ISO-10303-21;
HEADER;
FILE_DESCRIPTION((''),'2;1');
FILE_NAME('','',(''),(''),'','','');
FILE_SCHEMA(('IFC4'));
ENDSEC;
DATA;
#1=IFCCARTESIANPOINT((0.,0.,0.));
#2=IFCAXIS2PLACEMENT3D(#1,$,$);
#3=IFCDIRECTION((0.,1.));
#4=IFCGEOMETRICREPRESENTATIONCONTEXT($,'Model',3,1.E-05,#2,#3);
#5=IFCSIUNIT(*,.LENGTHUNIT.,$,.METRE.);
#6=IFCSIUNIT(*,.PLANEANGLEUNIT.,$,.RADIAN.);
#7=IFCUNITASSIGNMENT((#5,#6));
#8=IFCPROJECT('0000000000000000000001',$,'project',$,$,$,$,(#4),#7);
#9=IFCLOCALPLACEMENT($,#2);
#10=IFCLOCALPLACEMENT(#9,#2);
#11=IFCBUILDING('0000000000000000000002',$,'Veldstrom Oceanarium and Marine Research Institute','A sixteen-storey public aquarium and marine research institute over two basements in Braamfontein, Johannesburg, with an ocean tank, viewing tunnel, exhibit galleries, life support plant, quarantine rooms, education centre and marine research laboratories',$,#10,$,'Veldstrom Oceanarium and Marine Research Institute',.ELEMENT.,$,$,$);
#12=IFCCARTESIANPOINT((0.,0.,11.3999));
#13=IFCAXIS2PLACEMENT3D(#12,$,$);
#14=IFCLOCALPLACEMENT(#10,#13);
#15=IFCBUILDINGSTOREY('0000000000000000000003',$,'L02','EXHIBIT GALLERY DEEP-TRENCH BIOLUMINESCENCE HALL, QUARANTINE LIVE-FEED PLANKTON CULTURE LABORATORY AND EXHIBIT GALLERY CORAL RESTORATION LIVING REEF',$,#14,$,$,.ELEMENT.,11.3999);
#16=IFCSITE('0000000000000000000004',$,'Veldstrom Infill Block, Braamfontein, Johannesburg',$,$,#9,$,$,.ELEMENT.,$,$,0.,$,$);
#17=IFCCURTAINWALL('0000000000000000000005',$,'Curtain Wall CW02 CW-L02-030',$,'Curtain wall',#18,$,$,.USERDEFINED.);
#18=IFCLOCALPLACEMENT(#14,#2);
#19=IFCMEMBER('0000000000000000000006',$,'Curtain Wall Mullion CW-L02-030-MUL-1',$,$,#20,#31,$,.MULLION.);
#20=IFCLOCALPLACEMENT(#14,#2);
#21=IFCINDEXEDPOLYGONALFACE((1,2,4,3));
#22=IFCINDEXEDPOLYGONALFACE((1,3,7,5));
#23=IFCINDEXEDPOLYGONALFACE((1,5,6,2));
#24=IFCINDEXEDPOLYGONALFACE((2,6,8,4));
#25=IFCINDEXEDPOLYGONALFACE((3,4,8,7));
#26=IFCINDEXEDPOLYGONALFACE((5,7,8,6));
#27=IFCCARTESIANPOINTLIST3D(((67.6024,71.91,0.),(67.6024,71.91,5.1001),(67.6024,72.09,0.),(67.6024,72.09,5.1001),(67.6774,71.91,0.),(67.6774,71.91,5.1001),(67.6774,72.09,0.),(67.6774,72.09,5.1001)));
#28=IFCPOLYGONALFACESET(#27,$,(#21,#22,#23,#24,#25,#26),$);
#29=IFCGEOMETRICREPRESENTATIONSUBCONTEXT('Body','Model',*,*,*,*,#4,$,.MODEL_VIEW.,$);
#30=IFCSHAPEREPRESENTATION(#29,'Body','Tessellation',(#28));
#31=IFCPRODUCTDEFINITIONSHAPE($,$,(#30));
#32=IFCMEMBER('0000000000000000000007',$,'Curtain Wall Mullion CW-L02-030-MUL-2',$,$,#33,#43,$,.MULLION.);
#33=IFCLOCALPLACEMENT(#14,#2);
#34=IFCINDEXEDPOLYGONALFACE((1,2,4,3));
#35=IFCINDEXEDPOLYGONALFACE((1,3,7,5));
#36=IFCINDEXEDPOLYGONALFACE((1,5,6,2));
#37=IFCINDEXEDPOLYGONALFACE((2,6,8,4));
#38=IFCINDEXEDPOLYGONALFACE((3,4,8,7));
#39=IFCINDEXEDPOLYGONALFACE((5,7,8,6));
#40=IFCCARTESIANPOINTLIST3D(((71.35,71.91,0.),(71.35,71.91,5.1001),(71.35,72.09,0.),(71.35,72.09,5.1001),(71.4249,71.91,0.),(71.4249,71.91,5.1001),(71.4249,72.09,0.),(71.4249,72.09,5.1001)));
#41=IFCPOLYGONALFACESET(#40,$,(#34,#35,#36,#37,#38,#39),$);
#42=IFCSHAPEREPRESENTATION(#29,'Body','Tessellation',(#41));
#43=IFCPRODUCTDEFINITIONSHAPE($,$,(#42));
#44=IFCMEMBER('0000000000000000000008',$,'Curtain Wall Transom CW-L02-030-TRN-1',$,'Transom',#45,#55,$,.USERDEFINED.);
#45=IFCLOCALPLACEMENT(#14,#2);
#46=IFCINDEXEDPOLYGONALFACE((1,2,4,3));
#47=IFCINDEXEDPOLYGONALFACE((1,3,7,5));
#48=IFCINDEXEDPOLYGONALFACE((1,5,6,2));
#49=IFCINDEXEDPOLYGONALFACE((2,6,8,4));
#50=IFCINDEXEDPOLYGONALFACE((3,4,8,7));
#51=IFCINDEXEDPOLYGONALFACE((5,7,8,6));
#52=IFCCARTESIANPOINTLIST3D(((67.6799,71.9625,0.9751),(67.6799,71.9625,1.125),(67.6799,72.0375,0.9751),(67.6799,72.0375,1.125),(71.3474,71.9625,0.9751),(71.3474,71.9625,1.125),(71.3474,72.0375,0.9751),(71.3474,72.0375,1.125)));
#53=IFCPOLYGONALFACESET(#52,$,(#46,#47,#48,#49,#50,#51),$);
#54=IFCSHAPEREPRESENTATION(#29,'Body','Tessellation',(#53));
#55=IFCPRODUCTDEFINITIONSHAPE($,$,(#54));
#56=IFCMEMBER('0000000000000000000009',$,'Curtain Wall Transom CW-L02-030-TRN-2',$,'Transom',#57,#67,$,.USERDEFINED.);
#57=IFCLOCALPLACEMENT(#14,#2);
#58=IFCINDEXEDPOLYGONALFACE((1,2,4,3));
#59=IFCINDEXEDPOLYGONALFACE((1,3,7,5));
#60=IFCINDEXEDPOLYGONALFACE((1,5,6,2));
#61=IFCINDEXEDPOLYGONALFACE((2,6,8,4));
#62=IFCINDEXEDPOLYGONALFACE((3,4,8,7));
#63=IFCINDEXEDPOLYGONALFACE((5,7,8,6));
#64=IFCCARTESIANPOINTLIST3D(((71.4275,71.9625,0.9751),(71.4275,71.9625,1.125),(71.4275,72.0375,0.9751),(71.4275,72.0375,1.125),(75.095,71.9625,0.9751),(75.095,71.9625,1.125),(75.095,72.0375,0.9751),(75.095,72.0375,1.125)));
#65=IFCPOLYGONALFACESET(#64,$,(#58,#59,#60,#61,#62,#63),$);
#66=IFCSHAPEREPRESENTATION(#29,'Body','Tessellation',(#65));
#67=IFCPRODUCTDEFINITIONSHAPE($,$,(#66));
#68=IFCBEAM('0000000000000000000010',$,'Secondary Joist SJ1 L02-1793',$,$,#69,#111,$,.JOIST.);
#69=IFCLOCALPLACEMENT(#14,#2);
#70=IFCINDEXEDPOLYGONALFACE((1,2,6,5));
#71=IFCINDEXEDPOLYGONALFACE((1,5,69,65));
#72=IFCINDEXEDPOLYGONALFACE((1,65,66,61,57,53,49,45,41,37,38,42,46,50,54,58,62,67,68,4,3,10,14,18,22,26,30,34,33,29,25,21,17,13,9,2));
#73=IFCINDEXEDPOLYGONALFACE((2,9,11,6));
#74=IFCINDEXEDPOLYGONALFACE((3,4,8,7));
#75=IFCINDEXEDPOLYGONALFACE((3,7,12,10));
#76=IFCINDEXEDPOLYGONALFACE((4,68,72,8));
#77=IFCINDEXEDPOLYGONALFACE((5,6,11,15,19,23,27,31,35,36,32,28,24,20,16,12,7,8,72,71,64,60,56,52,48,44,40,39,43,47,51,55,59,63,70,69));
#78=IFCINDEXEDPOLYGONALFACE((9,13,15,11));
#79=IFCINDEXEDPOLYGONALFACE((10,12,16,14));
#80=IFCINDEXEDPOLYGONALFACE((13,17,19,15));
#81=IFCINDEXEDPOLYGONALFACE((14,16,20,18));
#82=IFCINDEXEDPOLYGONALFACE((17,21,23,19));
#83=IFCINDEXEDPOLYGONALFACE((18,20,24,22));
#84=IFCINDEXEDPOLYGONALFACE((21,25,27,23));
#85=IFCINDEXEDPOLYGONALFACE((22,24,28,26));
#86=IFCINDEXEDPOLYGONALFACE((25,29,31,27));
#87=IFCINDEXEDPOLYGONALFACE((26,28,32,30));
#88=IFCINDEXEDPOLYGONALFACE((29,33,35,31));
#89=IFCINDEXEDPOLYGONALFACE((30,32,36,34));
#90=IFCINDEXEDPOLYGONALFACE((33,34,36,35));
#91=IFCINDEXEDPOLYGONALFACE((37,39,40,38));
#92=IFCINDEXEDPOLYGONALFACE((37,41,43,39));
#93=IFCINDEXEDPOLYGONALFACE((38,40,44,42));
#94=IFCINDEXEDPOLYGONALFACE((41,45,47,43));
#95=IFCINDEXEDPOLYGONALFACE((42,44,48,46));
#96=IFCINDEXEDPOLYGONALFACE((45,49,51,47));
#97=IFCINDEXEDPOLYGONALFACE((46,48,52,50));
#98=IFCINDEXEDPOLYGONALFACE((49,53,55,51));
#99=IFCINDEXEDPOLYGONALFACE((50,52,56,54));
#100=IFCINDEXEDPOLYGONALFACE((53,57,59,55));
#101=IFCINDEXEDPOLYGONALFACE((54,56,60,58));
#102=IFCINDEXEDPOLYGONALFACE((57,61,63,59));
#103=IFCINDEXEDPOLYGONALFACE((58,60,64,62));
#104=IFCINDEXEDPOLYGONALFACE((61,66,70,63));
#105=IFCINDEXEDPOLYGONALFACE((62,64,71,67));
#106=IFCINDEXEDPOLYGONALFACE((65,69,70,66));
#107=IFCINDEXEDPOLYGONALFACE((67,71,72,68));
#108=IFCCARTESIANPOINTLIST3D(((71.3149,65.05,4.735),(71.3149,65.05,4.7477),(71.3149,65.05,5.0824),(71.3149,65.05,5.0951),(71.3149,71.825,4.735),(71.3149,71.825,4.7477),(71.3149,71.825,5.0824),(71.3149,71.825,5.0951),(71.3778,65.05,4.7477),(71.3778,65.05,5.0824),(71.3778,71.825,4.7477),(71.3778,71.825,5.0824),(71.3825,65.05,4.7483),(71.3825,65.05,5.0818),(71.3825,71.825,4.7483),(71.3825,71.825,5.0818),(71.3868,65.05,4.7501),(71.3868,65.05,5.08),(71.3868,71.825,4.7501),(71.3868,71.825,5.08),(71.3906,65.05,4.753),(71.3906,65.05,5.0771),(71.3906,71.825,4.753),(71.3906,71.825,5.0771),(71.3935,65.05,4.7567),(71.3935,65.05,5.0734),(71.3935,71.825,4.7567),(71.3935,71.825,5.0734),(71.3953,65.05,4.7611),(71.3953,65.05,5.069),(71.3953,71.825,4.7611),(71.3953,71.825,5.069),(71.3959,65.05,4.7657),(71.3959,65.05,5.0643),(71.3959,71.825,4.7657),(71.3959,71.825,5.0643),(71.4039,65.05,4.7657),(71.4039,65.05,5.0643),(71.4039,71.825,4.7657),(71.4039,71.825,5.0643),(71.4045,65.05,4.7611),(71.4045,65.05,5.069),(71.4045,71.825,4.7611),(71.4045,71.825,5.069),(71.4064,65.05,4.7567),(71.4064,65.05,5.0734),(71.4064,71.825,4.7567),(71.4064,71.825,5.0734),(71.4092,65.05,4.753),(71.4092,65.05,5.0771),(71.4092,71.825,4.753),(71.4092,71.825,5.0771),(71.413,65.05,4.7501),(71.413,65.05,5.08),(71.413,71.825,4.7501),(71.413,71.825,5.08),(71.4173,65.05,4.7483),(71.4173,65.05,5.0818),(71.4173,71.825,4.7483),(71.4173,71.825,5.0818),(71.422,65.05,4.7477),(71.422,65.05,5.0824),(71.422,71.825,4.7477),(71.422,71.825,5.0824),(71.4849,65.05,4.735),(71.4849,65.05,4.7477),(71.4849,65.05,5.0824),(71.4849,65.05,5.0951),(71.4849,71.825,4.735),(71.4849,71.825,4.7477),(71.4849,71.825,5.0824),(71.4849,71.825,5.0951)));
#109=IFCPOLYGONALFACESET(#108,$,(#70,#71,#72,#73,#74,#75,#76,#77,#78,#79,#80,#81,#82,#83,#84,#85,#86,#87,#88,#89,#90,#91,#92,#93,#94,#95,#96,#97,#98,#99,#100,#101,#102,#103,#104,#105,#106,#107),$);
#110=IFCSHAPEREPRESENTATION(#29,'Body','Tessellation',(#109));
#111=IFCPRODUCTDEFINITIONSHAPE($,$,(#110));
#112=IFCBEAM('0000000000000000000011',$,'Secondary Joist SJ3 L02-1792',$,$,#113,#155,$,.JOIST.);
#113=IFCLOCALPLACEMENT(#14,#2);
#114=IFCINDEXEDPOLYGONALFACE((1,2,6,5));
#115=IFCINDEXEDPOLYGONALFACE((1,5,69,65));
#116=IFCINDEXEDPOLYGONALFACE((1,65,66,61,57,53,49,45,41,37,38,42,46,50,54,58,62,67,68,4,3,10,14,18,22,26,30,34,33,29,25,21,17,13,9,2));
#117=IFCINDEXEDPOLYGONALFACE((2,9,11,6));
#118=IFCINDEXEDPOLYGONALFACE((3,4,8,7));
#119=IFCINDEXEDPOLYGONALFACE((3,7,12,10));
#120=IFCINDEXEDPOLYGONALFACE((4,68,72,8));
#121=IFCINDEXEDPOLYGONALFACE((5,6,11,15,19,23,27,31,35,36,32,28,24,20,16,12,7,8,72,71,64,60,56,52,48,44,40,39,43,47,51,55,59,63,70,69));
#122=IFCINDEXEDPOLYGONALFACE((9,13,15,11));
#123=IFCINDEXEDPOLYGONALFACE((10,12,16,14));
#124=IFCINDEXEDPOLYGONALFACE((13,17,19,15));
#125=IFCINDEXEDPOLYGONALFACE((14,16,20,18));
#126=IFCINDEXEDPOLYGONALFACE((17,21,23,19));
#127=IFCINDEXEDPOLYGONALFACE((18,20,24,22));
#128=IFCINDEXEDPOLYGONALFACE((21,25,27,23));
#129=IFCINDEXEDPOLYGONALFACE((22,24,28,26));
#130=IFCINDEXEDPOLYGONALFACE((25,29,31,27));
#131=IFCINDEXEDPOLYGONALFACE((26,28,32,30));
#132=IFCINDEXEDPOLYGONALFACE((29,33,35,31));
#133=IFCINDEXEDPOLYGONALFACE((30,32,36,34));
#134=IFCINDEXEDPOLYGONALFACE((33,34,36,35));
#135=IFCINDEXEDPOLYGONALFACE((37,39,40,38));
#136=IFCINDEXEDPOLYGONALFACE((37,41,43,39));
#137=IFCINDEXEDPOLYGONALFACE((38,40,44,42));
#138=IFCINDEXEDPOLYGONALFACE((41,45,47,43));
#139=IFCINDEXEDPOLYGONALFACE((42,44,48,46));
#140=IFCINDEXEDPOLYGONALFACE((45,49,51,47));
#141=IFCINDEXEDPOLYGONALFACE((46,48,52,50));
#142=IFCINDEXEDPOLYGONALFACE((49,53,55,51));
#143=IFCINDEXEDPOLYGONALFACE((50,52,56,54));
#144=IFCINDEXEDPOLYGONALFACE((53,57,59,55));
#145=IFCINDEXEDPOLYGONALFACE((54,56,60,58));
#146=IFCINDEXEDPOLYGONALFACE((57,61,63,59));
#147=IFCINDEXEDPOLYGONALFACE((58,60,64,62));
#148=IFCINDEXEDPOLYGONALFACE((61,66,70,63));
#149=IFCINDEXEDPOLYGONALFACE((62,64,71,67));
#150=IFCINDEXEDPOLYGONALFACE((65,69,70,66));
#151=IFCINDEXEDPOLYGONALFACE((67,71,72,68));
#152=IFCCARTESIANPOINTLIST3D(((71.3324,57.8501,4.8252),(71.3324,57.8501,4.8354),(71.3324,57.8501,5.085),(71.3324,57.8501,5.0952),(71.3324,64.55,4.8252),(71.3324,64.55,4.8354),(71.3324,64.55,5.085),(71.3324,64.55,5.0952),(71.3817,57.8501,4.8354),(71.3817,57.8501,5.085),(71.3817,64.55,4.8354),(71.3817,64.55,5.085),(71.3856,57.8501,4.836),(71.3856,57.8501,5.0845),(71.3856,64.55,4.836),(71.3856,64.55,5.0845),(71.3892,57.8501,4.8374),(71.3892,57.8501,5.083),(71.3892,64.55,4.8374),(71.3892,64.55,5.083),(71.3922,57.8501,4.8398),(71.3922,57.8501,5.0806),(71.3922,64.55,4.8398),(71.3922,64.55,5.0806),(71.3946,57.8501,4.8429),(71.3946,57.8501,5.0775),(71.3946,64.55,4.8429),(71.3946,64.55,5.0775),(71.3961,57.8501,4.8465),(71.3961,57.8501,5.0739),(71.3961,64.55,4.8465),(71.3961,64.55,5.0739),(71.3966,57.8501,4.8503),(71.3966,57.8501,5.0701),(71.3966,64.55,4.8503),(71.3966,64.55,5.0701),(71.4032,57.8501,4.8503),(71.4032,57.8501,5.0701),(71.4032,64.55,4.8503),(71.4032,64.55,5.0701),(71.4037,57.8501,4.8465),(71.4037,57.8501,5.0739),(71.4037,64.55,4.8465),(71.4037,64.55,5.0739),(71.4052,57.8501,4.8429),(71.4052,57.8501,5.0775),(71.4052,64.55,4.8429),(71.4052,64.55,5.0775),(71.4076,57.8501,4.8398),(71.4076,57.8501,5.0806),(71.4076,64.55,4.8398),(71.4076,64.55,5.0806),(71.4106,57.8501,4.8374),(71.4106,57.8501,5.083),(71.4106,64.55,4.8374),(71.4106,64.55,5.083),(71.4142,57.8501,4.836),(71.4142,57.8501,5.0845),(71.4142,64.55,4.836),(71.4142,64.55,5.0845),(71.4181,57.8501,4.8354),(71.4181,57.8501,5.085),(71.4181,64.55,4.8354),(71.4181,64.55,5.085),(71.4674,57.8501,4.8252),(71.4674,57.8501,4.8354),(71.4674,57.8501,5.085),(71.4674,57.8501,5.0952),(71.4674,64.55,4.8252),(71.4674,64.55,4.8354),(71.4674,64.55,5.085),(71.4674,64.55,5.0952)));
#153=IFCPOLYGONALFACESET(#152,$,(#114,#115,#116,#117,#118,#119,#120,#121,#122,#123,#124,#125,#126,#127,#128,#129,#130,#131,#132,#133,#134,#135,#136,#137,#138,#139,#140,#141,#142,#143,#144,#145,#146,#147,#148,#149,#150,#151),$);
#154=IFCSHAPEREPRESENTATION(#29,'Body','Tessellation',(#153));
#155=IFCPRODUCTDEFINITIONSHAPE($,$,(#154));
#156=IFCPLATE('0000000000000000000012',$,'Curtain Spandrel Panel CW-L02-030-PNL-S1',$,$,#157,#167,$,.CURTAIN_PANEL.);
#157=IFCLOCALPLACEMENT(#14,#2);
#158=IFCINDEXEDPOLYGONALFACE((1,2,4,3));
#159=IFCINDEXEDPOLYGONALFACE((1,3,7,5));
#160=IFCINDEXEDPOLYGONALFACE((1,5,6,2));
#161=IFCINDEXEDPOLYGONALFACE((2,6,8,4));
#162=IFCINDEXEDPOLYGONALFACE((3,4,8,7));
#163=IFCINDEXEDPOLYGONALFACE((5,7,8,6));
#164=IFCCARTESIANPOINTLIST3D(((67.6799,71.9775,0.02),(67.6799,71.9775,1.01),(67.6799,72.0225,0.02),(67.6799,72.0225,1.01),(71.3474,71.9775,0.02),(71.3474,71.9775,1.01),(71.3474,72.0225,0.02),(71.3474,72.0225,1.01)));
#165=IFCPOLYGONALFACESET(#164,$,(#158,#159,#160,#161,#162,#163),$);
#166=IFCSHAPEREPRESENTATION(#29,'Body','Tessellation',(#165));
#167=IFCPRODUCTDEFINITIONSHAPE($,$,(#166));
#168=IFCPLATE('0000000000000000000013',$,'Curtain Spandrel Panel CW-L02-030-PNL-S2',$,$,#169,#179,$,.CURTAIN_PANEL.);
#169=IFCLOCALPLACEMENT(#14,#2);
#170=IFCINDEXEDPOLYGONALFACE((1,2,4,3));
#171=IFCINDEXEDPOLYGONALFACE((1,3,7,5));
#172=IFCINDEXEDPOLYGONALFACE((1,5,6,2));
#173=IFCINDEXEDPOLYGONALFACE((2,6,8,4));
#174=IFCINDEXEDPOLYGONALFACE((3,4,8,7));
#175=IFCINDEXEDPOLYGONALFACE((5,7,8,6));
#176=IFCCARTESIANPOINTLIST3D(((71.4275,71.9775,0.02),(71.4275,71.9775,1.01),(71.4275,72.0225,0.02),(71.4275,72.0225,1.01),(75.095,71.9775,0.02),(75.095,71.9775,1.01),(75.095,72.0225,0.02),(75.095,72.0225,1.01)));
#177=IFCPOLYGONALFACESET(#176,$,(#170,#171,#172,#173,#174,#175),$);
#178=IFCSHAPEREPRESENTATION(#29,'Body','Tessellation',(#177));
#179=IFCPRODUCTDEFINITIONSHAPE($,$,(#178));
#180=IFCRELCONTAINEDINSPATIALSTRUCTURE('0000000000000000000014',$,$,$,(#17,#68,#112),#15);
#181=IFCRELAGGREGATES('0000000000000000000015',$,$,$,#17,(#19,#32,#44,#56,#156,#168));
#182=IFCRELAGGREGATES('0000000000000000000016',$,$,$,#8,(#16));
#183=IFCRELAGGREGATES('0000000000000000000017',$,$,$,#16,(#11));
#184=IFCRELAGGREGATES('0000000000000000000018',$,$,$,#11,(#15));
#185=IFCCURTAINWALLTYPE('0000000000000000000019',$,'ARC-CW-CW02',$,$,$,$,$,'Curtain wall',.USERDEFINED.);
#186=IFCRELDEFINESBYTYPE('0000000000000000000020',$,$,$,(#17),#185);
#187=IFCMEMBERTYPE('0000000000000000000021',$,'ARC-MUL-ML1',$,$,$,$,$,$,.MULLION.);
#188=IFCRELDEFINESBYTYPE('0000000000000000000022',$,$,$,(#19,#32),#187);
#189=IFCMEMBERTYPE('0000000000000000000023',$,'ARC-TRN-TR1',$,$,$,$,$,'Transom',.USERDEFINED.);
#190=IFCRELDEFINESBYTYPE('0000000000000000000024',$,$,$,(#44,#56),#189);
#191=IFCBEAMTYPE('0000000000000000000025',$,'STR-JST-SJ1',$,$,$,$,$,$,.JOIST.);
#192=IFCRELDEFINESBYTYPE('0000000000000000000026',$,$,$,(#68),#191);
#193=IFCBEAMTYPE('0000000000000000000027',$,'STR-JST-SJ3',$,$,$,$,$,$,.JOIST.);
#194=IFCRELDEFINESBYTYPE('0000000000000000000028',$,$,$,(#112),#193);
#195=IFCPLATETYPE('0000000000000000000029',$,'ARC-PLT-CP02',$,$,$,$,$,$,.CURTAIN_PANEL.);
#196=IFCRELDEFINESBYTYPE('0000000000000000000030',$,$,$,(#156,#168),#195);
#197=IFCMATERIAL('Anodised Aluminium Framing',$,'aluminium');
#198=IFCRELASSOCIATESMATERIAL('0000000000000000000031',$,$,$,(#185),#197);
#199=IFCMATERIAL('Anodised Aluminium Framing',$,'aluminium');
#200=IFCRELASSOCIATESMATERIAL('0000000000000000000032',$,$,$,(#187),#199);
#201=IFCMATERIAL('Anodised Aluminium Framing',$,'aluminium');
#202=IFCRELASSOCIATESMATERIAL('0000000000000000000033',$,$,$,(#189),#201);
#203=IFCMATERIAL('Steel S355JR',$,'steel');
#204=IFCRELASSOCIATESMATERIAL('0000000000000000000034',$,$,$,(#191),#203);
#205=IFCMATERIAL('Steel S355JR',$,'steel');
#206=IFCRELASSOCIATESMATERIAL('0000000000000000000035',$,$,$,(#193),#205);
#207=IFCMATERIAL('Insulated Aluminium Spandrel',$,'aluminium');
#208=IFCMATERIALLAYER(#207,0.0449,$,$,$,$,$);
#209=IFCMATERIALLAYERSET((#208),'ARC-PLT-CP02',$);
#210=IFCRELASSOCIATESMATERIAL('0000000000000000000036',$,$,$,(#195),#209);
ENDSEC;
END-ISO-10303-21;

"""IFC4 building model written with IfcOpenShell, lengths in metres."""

from ifc_helpers import new_model, si_unit, direction, frame, origin, origin_2d, place, context, subcontext, project, spatial, rectangle, i_section, extrude, material, layer, layer_set, material_profile, profile_set, type_object, element, aggregate, save


model = new_model("IFC4")

# Units and contexts
model_context = context("Model", 3, precision=1e-05, world=origin(), true_north=direction((0.0, 1.0)))
body_context = subcontext(model_context, "Body", "Model", "MODEL_VIEW")
ifc_project = project(units=[si_unit("LENGTHUNIT", "METRE"), si_unit("PLANEANGLEUNIT", "RADIAN")], contexts=[model_context])

# Site, building, storey
site_placement = place(None, origin())
site = spatial("IfcSite", under=ifc_project, at=site_placement, Name="Veldstrom Infill Block, Braamfontein, Johannesburg", CompositionType="ELEMENT", RefElevation=0.0)
building_placement = place(site_placement, origin())
building = spatial("IfcBuilding", under=site, at=building_placement, Name="Veldstrom Oceanarium and Marine Research Institute", Description="A sixteen-storey public aquarium and marine research institute over two basements in Braamfontein, Johannesburg, with an ocean tank, viewing tunnel, exhibit galleries, life support plant, quarantine rooms, education centre and marine research laboratories", LongName="Veldstrom Oceanarium and Marine Research Institute", CompositionType="ELEMENT")
storey_placement = place(building_placement, frame((0.0, 0.0, 11.3999)))
storey = spatial("IfcBuildingStorey", under=building, at=storey_placement, Name="L02", Description="EXHIBIT GALLERY DEEP-TRENCH BIOLUMINESCENCE HALL, QUARANTINE LIVE-FEED PLANKTON CULTURE LABORATORY AND EXHIBIT GALLERY CORAL RESTORATION LIVING REEF", CompositionType="ELEMENT", Elevation=11.3999)

# Curtain wall, members
ifc_material_1 = material(Name="Anodised Aluminium Framing", Category="aluminium")
curtain_wall_type = type_object("IfcCurtainWallType", Name="ARC-CW-CW02", ElementType="Curtain wall", PredefinedType="USERDEFINED", material=ifc_material_1)
curtain_wall_placement = place(storey_placement, origin())
curtain_wall = element("IfcCurtainWall", 1, at=curtain_wall_placement, inside=storey, type_object=curtain_wall_type, Name="Curtain Wall CW02 CW-L02-030", ObjectType="Curtain wall", PredefinedType="USERDEFINED")
ifc_material_2 = material(Name="Anodised Aluminium Framing", Category="aluminium")
ifc_material_profile_1 = material_profile(ifc_material_2, rectangle(XDim=0.075, YDim=0.1799, at=origin_2d()), Name="ALU-MUL-75x180")
ifc_profile_set_1 = profile_set([ifc_material_profile_1], Name="Anodised Aluminium Framing")
member_type_1 = type_object("IfcMemberType", Name="ARC-MUL-ML1", PredefinedType="MULLION", material=ifc_profile_set_1)
member_1_placement = place(storey_placement, frame((67.6399, 72.0, 0.0), z_axis=(0.0, 0.0, 1.0), x_axis=(1.0, 0.0, 0.0)))
member_1 = element("IfcMember", 2, at=member_1_placement, type_object=member_type_1, Name="Curtain Wall Mullion CW-L02-030-MUL-1", PredefinedType="MULLION", context=body_context, shape_type="SweptSolid", body=[
    extrude(rectangle(XDim=0.075, YDim=0.1799, at=origin_2d()), origin(), (0.0, 0.0, 1.0), 5.1001),
])
member_2_placement = place(storey_placement, frame((71.3875, 72.0, 0.0), z_axis=(0.0, 0.0, 1.0), x_axis=(1.0, 0.0, 0.0)))
member_2 = element("IfcMember", 3, at=member_2_placement, type_object=member_type_1, Name="Curtain Wall Mullion CW-L02-030-MUL-2", PredefinedType="MULLION", context=body_context, shape_type="SweptSolid", body=[
    extrude(rectangle(XDim=0.075, YDim=0.1799, at=origin_2d()), origin(), (0.0, 0.0, 1.0), 5.1001),
])
ifc_material_3 = material(Name="Anodised Aluminium Framing", Category="aluminium")
ifc_material_profile_2 = material_profile(ifc_material_3, rectangle(XDim=0.075, YDim=0.1499, at=origin_2d()), Name="ALU-TRN-75x150")
ifc_profile_set_2 = profile_set([ifc_material_profile_2], Name="Anodised Aluminium Framing")
member_type_2 = type_object("IfcMemberType", Name="ARC-TRN-TR1", ElementType="Transom", PredefinedType="USERDEFINED", material=ifc_profile_set_2)
member_3_placement = place(storey_placement, frame((67.6799, 72.0, 1.05), z_axis=(1.0, 0.0, 0.0), x_axis=(0.0, 1.0, 0.0)))
member_3 = element("IfcMember", 4, at=member_3_placement, type_object=member_type_2, Name="Curtain Wall Transom CW-L02-030-TRN-1", ObjectType="Transom", PredefinedType="USERDEFINED", context=body_context, shape_type="SweptSolid", body=[
    extrude(rectangle(XDim=0.075, YDim=0.1499, at=origin_2d()), origin(), (0.0, 0.0, 1.0), 3.6675),
])
member_4_placement = place(storey_placement, frame((71.4275, 72.0, 1.05), z_axis=(1.0, 0.0, 0.0), x_axis=(0.0, 1.0, 0.0)))
member_4 = element("IfcMember", 5, at=member_4_placement, type_object=member_type_2, Name="Curtain Wall Transom CW-L02-030-TRN-2", ObjectType="Transom", PredefinedType="USERDEFINED", context=body_context, shape_type="SweptSolid", body=[
    extrude(rectangle(XDim=0.075, YDim=0.1499, at=origin_2d()), origin(), (0.0, 0.0, 1.0), 3.6675),
])

# Beams
ifc_material_4 = material(Name="Steel S355JR", Category="steel")
ifc_material_profile_3 = material_profile(ifc_material_4, i_section(OverallWidth=0.1699, OverallDepth=0.3601, WebThickness=0.0081, FlangeThickness=0.0127, FilletRadius=0.0181, at=origin_2d()), Name="IPE 360")
ifc_profile_set_3 = profile_set([ifc_material_profile_3], Name="Steel S355JR")
beam_type_1 = type_object("IfcBeamType", Name="STR-JST-SJ1", PredefinedType="JOIST", material=ifc_profile_set_3)
beam_1_placement = place(storey_placement, frame((71.3999, 65.05, 4.915), z_axis=(0.0, 1.0, 0.0), x_axis=(-1.0, 0.0, 0.0)))
element("IfcBeam", 6, at=beam_1_placement, inside=storey, type_object=beam_type_1, Name="Secondary Joist SJ1 L02-1793", PredefinedType="JOIST", context=body_context, shape_type="SweptSolid", body=[
    extrude(i_section(OverallWidth=0.1699, OverallDepth=0.3601, WebThickness=0.0081, FlangeThickness=0.0127, FilletRadius=0.0181, at=origin_2d()), origin(), (0.0, 0.0, 1.0), 6.7749),
])
ifc_material_5 = material(Name="Steel S355JR", Category="steel")
ifc_material_profile_4 = material_profile(ifc_material_5, i_section(OverallWidth=0.135, OverallDepth=0.27, WebThickness=0.0066, FlangeThickness=0.0103, FilletRadius=0.0149, at=origin_2d()), Name="IPE 270")
ifc_profile_set_4 = profile_set([ifc_material_profile_4], Name="Steel S355JR")
beam_type_2 = type_object("IfcBeamType", Name="STR-JST-SJ3", PredefinedType="JOIST", material=ifc_profile_set_4)
beam_2_placement = place(storey_placement, frame((71.3999, 57.8501, 4.9602), z_axis=(0.0, 1.0, 0.0), x_axis=(-1.0, 0.0, 0.0)))
element("IfcBeam", 7, at=beam_2_placement, inside=storey, type_object=beam_type_2, Name="Secondary Joist SJ3 L02-1792", PredefinedType="JOIST", context=body_context, shape_type="SweptSolid", body=[
    extrude(i_section(OverallWidth=0.135, OverallDepth=0.27, WebThickness=0.0066, FlangeThickness=0.0103, FilletRadius=0.0149, at=origin_2d()), origin(), (0.0, 0.0, 1.0), 6.7),
])

# Plates
ifc_material_6 = material(Name="Insulated Aluminium Spandrel", Category="aluminium")
ifc_layer_1 = layer(ifc_material_6, 0.0449)
ifc_layer_set_1 = layer_set([ifc_layer_1], Name="ARC-PLT-CP02")
plate_type_1 = type_object("IfcPlateType", Name="ARC-PLT-CP02", PredefinedType="CURTAIN_PANEL", material=ifc_layer_set_1)
plate_1_placement = place(storey_placement, frame((69.5137, 72.0, 0.02), z_axis=(0.0, 0.0, 1.0), x_axis=(1.0, 0.0, 0.0)))
plate_1 = element("IfcPlate", 8, at=plate_1_placement, type_object=plate_type_1, Name="Curtain Spandrel Panel CW-L02-030-PNL-S1", PredefinedType="CURTAIN_PANEL", context=body_context, shape_type="SweptSolid", body=[
    extrude(rectangle(XDim=3.6675, YDim=0.0449, at=origin_2d()), origin(), (0.0, 0.0, 1.0), 0.99),
])
plate_2_placement = place(storey_placement, frame((73.2612, 72.0, 0.02), z_axis=(0.0, 0.0, 1.0), x_axis=(1.0, 0.0, 0.0)))
plate_2 = element("IfcPlate", 9, at=plate_2_placement, type_object=plate_type_1, Name="Curtain Spandrel Panel CW-L02-030-PNL-S2", PredefinedType="CURTAIN_PANEL", context=body_context, shape_type="SweptSolid", body=[
    extrude(rectangle(XDim=3.6675, YDim=0.0449, at=origin_2d()), origin(), (0.0, 0.0, 1.0), 0.99),
])
aggregate(curtain_wall, [member_1, member_2, member_3, member_4, plate_1, plate_2])

save(model, "model.ifc")
